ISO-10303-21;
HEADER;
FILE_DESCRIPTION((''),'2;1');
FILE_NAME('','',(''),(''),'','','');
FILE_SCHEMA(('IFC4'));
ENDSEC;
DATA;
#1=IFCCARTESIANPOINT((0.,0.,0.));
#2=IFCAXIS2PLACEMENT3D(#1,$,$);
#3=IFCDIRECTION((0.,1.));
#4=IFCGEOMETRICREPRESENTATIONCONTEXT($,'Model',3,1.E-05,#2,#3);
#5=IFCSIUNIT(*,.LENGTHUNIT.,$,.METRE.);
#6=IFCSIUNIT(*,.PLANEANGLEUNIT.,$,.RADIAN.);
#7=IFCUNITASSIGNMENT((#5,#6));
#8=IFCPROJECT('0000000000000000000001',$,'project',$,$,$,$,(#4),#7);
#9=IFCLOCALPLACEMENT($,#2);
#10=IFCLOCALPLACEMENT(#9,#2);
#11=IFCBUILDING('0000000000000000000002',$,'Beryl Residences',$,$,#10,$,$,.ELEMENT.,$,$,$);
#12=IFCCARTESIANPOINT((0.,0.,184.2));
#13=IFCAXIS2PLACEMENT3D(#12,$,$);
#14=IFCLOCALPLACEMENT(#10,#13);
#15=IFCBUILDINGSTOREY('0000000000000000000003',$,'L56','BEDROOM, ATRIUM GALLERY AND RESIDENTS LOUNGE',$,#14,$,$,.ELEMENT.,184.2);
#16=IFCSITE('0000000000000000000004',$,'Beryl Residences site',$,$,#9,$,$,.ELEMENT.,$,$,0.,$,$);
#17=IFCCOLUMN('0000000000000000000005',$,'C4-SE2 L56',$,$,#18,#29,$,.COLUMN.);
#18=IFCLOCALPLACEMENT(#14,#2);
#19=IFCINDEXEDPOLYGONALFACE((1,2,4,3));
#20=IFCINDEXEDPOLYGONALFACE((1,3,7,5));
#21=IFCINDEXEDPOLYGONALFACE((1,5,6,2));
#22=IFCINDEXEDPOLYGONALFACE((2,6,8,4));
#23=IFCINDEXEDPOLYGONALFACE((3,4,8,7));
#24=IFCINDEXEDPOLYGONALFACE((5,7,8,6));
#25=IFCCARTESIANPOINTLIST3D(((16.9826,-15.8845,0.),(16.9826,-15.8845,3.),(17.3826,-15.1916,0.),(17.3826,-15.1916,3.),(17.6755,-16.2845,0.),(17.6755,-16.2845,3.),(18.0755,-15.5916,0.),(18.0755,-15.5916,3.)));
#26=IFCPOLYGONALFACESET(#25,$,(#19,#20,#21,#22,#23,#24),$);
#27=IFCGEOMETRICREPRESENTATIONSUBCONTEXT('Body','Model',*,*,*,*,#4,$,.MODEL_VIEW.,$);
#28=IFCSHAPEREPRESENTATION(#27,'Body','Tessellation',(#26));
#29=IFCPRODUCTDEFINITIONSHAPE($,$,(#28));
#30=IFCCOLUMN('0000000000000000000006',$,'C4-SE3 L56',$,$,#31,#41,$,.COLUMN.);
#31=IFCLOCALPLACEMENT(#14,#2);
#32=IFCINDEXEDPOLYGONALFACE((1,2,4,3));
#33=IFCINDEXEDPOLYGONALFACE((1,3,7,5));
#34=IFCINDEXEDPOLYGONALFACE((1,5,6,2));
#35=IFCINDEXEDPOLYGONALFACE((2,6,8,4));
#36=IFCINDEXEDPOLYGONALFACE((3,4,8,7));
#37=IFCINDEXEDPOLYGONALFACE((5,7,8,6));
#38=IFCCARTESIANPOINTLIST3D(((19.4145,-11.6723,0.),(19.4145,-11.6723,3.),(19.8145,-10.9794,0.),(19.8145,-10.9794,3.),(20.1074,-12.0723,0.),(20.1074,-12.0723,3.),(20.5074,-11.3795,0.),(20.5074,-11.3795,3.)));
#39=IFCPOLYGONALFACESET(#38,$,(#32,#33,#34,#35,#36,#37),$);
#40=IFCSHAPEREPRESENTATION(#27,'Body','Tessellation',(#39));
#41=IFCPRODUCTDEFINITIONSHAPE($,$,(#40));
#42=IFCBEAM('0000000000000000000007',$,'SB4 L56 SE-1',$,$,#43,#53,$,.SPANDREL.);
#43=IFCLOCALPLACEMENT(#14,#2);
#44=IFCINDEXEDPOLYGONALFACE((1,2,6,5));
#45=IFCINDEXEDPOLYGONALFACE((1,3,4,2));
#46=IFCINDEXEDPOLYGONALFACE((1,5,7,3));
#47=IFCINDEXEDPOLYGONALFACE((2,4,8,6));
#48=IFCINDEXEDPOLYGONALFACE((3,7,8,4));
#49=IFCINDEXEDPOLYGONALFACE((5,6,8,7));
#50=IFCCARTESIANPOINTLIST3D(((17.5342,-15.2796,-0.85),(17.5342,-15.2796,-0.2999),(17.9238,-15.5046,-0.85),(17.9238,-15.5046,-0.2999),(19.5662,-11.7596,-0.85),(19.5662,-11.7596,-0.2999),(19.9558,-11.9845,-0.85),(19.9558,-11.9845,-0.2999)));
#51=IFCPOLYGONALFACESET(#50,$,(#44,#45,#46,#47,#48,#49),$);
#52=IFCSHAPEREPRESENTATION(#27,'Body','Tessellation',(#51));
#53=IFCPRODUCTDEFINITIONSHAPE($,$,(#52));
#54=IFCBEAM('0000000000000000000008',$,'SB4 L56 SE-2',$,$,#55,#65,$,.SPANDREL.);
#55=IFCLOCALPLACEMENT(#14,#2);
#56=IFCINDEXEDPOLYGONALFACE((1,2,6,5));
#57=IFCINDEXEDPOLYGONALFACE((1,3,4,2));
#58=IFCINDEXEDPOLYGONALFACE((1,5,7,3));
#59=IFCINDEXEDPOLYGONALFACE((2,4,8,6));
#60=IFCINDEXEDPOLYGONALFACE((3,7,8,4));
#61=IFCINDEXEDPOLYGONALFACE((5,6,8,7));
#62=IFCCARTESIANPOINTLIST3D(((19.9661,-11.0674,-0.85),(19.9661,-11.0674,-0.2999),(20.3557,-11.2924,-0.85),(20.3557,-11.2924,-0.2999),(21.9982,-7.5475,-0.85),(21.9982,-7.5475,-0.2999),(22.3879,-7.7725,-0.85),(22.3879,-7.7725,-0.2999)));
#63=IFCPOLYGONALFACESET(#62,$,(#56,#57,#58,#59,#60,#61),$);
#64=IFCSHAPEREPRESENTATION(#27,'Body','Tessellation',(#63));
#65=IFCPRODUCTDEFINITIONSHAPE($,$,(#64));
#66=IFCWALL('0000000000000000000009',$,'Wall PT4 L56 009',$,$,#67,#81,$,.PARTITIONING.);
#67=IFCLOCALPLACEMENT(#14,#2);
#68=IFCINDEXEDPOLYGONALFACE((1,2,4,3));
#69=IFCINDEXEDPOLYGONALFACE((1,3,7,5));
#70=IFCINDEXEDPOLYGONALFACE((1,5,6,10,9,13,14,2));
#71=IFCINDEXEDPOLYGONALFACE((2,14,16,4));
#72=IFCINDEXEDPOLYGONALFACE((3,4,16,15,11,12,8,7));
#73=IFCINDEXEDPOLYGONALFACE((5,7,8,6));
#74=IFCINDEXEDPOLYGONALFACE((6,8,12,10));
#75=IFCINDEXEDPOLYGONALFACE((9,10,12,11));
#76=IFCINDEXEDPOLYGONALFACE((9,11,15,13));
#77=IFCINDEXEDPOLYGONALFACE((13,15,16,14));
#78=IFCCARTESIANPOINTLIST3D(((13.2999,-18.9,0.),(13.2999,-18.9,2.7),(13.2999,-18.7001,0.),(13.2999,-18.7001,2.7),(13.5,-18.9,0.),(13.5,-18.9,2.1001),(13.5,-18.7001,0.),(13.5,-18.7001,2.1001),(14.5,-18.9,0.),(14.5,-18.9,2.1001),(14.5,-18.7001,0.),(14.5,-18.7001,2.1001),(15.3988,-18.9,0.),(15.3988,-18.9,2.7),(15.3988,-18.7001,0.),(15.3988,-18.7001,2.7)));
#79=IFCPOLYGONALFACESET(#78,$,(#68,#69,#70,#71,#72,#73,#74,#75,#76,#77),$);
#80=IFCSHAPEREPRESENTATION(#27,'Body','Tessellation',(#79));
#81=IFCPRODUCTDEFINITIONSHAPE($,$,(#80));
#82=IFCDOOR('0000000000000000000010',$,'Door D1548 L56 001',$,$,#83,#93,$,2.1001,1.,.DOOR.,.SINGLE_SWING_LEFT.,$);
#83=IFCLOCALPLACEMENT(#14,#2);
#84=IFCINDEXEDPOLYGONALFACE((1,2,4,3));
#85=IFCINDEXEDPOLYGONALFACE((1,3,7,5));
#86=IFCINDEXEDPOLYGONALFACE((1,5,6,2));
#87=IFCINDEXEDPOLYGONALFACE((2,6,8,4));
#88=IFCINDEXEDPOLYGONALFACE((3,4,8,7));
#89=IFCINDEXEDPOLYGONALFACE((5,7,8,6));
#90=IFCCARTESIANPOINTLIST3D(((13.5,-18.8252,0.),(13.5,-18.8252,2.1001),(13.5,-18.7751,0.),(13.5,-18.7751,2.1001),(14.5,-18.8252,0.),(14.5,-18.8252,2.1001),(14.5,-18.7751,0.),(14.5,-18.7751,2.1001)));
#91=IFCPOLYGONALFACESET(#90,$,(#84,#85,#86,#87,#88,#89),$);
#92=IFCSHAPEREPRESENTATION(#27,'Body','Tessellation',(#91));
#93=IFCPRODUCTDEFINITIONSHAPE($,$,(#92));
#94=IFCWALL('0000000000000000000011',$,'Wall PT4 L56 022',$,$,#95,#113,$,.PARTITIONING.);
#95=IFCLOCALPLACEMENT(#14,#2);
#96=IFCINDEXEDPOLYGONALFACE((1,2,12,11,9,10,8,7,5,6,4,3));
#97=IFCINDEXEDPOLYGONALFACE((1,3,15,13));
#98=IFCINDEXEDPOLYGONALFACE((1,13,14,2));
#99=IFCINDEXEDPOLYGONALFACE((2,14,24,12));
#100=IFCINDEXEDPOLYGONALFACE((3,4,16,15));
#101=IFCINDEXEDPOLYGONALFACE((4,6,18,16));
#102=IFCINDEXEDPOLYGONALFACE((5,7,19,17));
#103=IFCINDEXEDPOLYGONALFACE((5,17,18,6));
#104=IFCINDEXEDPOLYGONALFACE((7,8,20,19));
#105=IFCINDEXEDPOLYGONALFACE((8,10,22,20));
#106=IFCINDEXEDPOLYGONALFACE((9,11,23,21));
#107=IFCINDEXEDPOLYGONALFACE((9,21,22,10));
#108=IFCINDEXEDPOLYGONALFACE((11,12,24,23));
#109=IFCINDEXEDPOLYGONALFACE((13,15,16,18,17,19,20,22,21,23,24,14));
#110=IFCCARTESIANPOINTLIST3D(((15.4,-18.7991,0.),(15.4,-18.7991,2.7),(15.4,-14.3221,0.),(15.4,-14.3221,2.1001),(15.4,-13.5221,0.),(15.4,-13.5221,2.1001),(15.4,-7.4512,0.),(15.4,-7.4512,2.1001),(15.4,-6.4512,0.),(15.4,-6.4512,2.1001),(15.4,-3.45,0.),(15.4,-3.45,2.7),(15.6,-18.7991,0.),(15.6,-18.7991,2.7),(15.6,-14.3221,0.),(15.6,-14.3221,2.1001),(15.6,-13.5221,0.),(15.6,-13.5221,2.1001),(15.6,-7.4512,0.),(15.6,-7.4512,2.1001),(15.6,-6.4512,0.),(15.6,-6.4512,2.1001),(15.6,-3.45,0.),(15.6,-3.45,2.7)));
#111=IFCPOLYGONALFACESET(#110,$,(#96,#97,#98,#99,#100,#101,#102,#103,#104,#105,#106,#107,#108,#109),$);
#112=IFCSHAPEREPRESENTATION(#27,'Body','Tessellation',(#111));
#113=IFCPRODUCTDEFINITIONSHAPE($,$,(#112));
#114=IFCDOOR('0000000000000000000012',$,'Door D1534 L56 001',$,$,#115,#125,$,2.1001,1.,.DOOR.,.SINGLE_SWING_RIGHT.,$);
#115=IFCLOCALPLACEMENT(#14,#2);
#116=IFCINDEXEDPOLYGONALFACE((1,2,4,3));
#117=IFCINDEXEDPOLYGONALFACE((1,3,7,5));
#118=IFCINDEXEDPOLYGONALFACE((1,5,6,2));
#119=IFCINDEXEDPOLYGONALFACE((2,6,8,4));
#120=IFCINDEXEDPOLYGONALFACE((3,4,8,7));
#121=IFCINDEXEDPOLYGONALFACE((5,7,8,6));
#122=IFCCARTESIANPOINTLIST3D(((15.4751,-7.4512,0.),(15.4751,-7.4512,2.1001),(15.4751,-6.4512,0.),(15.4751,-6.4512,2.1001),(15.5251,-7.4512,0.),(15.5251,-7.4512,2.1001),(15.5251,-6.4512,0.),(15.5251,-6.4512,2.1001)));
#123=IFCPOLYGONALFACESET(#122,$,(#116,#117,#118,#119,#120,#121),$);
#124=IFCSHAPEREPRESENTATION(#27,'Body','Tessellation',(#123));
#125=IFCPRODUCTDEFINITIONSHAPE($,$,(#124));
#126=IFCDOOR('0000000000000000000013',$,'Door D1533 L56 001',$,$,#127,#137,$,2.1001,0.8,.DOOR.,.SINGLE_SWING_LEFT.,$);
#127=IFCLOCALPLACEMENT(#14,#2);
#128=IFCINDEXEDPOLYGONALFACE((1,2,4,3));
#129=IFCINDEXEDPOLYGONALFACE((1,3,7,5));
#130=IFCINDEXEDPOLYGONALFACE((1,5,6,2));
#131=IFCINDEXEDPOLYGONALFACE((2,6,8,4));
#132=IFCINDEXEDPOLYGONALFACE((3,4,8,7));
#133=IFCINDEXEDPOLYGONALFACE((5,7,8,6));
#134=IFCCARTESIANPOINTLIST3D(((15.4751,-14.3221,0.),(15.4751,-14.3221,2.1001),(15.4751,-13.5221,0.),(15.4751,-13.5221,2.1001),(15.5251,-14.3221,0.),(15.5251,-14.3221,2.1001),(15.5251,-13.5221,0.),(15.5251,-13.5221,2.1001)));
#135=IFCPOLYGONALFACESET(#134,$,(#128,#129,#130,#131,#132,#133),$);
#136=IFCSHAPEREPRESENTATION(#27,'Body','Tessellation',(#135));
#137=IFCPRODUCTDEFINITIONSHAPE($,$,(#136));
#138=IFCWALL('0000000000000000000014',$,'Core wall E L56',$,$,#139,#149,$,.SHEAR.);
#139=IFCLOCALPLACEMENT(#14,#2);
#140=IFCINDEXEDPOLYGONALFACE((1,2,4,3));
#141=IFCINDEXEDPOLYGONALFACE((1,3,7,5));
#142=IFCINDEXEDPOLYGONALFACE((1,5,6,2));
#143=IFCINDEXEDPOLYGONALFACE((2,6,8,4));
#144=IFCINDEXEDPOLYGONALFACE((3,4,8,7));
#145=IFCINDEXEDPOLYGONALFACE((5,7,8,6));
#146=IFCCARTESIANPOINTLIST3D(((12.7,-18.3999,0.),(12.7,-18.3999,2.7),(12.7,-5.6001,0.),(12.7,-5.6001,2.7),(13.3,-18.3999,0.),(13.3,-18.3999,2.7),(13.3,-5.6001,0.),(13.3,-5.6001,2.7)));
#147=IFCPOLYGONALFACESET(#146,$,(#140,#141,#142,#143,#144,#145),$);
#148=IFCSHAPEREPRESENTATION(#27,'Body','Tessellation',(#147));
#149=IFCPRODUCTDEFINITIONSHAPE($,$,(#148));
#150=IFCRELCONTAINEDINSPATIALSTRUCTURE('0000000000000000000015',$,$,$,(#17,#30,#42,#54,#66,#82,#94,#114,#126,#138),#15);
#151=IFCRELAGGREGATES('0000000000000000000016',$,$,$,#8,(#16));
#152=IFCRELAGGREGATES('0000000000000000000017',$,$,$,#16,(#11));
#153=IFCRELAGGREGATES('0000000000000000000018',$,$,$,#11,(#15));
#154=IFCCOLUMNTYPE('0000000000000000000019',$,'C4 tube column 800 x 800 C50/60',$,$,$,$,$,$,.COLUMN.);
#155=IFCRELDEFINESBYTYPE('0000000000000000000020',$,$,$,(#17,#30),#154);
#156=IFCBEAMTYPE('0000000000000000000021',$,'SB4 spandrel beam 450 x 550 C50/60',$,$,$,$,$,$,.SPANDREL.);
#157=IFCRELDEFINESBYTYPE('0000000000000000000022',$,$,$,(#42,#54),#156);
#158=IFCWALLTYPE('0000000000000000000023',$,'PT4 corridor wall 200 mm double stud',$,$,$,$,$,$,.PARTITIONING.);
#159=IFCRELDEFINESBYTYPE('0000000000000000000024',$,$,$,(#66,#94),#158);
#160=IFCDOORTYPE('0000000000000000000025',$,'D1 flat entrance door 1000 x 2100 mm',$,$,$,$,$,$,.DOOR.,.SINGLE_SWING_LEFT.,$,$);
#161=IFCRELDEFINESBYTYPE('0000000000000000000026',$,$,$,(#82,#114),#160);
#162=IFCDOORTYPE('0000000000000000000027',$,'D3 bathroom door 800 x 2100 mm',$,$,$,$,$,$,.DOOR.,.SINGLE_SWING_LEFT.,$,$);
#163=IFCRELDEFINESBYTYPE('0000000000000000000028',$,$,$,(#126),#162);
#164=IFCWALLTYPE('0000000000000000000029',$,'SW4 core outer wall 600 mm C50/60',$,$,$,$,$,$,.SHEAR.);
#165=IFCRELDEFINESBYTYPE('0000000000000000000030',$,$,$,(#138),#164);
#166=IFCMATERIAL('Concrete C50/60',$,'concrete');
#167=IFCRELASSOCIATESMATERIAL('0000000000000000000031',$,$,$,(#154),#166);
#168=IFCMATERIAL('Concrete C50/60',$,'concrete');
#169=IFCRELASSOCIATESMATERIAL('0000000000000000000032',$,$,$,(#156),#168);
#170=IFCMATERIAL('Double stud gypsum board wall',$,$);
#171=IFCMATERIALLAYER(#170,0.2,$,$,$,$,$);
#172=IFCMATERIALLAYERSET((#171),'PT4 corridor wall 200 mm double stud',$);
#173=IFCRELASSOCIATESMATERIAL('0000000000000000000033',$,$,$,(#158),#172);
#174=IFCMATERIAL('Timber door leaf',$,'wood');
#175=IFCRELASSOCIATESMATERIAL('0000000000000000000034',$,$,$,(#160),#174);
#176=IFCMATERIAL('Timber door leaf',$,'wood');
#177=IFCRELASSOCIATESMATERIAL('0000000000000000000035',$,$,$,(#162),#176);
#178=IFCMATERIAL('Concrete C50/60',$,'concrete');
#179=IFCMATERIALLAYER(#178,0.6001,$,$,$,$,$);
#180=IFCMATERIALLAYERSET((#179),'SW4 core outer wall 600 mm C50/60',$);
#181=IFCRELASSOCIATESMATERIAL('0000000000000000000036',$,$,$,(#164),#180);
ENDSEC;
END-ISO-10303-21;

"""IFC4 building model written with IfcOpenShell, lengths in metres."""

from ifc_helpers import new_model, si_unit, direction, frame, frame_2d, origin, origin_2d, place, context, subcontext, project, spatial, rectangle, extrude, material, layer, layer_set, material_profile, profile_set, type_object, element, fill, save


model = new_model("IFC4")

# Units and contexts
model_context = context("Model", 3, precision=1e-05, world=origin(), true_north=direction((0.0, 1.0)))
body_context = subcontext(model_context, "Body", "Model", "MODEL_VIEW")
ifc_project = project(units=[si_unit("LENGTHUNIT", "METRE"), si_unit("PLANEANGLEUNIT", "RADIAN")], contexts=[model_context])

# Site, building, storey
site_placement = place(None, origin())
site = spatial("IfcSite", under=ifc_project, at=site_placement, Name="Beryl Residences site", CompositionType="ELEMENT", RefElevation=0.0)
building_placement = place(site_placement, origin())
building = spatial("IfcBuilding", under=site, at=building_placement, Name="Beryl Residences", CompositionType="ELEMENT")
storey_placement = place(building_placement, frame((0.0, 0.0, 184.2)))
storey = spatial("IfcBuildingStorey", under=building, at=storey_placement, Name="L56", Description="BEDROOM, ATRIUM GALLERY AND RESIDENTS LOUNGE", CompositionType="ELEMENT", Elevation=184.2)

# Columns
ifc_material_1 = material(Name="Concrete C50/60", Category="concrete")
ifc_material_profile_1 = material_profile(ifc_material_1, rectangle(XDim=0.8, YDim=0.8, at=origin_2d()))
ifc_profile_set_1 = profile_set([ifc_material_profile_1], Name="Concrete C50/60")
column_type = type_object("IfcColumnType", Name="C4 tube column 800 x 800 C50/60", PredefinedType="COLUMN", material=ifc_profile_set_1)
for number, where, z_axis, x_axis, name in (
    (1, (17.5291, -15.738, 0.0), (0.0, 0.0, 1.0), (0.5, 0.866025, 0.0), "C4-SE2 L56"),
    (2, (19.9609, -11.5259, 0.0), (0.0, 0.0, 1.0), (0.5, 0.866025, 0.0), "C4-SE3 L56"),
):
    element("IfcColumn", number, at=place(storey_placement, frame(where, z_axis=z_axis, x_axis=x_axis)), inside=storey, type_object=column_type, Name=name, PredefinedType="COLUMN", context=body_context, shape_type="SweptSolid", body=[
        extrude(rectangle(XDim=0.8, YDim=0.8, at=origin_2d()), origin(), (0.0, 0.0, 1.0), 3.0),
    ])

# Beams
ifc_material_2 = material(Name="Concrete C50/60", Category="concrete")
ifc_material_profile_2 = material_profile(ifc_material_2, rectangle(XDim=0.45, YDim=0.55, at=origin_2d()))
ifc_profile_set_2 = profile_set([ifc_material_profile_2], Name="Concrete C50/60")
beam_type = type_object("IfcBeamType", Name="SB4 spandrel beam 450 x 550 C50/60", PredefinedType="SPANDREL", material=ifc_profile_set_2)
for number, where, z_axis, x_axis, name in (
    (3, (17.729, -15.3921, -0.575), (0.499944, 0.866058, 0.0), (-0.866058, 0.499944, 0.0), "SB4 L56 SE-1"),
    (4, (20.1609, -11.1799, -0.575), (0.499989, 0.866032, 0.0), (-0.866032, 0.499989, 0.0), "SB4 L56 SE-2"),
):
    element("IfcBeam", number, at=place(storey_placement, frame(where, z_axis=z_axis, x_axis=x_axis)), inside=storey, type_object=beam_type, Name=name, PredefinedType="SPANDREL", context=body_context, shape_type="SweptSolid", body=[
        extrude(rectangle(XDim=0.45, YDim=0.55, at=origin_2d()), origin(), (0.0, 0.0, 1.0), 4.0645),
    ])

# Wall, opening, door
ifc_material_3 = material(Name="Double stud gypsum board wall")
ifc_layer_1 = layer(ifc_material_3, 0.2)
ifc_layer_set_1 = layer_set([ifc_layer_1], Name="PT4 corridor wall 200 mm double stud")
wall_type_1 = type_object("IfcWallType", Name="PT4 corridor wall 200 mm double stud", PredefinedType="PARTITIONING", material=ifc_layer_set_1)
wall_1_placement = place(storey_placement, frame((13.3, -18.8, 0.0), z_axis=(0.0, 0.0, 1.0), x_axis=(1.0, 0.0, 0.0)))
wall_1 = element("IfcWall", 5, at=wall_1_placement, inside=storey, type_object=wall_type_1, Name="Wall PT4 L56 009", PredefinedType="PARTITIONING", context=body_context, shape_type="SweptSolid", body=[
    extrude(rectangle(XDim=2.0989, YDim=0.2, at=frame_2d((1.0493, 0.0))), origin(), (0.0, 0.0, 1.0), 2.7),
])
opening_1_placement = place(wall_1_placement, frame((0.2, 0.0, 0.0)))
opening_1 = element("IfcOpeningElement", 6, at=opening_1_placement, cuts=wall_1, PredefinedType="OPENING", context=body_context, shape_type="SweptSolid", body=[
    extrude(rectangle(XDim=1.0, YDim=2.1001, at=frame_2d((0.5, 1.05))), frame((0.0, 0.1099, 0.0), z_axis=(0.0, -1.0, 0.0), x_axis=(1.0, 0.0, 0.0)), (0.0, 0.0, 1.0), 0.22),
])
ifc_material_4 = material(Name="Timber door leaf", Category="wood")
door_type_1 = type_object("IfcDoorType", Name="D1 flat entrance door 1000 x 2100 mm", OperationType="SINGLE_SWING_LEFT", PredefinedType="DOOR", material=ifc_material_4)
door_1_placement = place(opening_1_placement, origin())
door_1 = element("IfcDoor", 7, at=door_1_placement, inside=storey, type_object=door_type_1, Name="Door D1548 L56 001", OperationType="SINGLE_SWING_LEFT", OverallHeight=2.1001, OverallWidth=1.0, PredefinedType="DOOR", context=body_context, shape_type="SweptSolid", body=[
    extrude(rectangle(XDim=1.0, YDim=2.1001, at=frame_2d((0.5, 1.05))), frame((0.0, 0.0249, 0.0), z_axis=(0.0, -1.0, 0.0), x_axis=(1.0, 0.0, 0.0)), (0.0, 0.0, 1.0), 0.05),
])
fill(opening_1, door_1)

# Wall, openings, doors
wall_2_placement = place(storey_placement, frame((15.5, -18.7991, 0.0), z_axis=(0.0, 0.0, 1.0), x_axis=(0.0, 1.0, 0.0)))
wall_2 = element("IfcWall", 8, at=wall_2_placement, inside=storey, type_object=wall_type_1, Name="Wall PT4 L56 022", PredefinedType="PARTITIONING", context=body_context, shape_type="SweptSolid", body=[
    extrude(rectangle(XDim=15.3491, YDim=0.2, at=frame_2d((7.6746, 0.0))), origin(), (0.0, 0.0, 1.0), 2.7),
])
opening_2_placement = place(wall_2_placement, frame((4.4771, 0.0, 0.0)))
opening_2 = element("IfcOpeningElement", 9, at=opening_2_placement, cuts=wall_2, PredefinedType="OPENING", context=body_context, shape_type="SweptSolid", body=[
    extrude(rectangle(XDim=0.8, YDim=2.1001, at=frame_2d((0.3999, 1.05))), frame((0.0, 0.1099, 0.0), z_axis=(0.0, -1.0, 0.0), x_axis=(1.0, 0.0, 0.0)), (0.0, 0.0, 1.0), 0.22),
])
opening_3_placement = place(wall_2_placement, frame((11.3479, 0.0, 0.0)))
opening_3 = element("IfcOpeningElement", 10, at=opening_3_placement, cuts=wall_2, PredefinedType="OPENING", context=body_context, shape_type="SweptSolid", body=[
    extrude(rectangle(XDim=1.0, YDim=2.1001, at=frame_2d((0.5, 1.05))), frame((0.0, 0.1099, 0.0), z_axis=(0.0, -1.0, 0.0), x_axis=(1.0, 0.0, 0.0)), (0.0, 0.0, 1.0), 0.22),
])
door_2_placement = place(opening_3_placement, origin())
door_2 = element("IfcDoor", 11, at=door_2_placement, inside=storey, type_object=door_type_1, Name="Door D1534 L56 001", OperationType="SINGLE_SWING_RIGHT", OverallHeight=2.1001, OverallWidth=1.0, PredefinedType="DOOR", context=body_context, shape_type="SweptSolid", body=[
    extrude(rectangle(XDim=1.0, YDim=2.1001, at=frame_2d((0.5, 1.05))), frame((0.0, 0.0249, 0.0), z_axis=(0.0, -1.0, 0.0), x_axis=(1.0, 0.0, 0.0)), (0.0, 0.0, 1.0), 0.05),
])
fill(opening_3, door_2)
ifc_material_5 = material(Name="Timber door leaf", Category="wood")
door_type_2 = type_object("IfcDoorType", Name="D3 bathroom door 800 x 2100 mm", OperationType="SINGLE_SWING_LEFT", PredefinedType="DOOR", material=ifc_material_5)
door_3_placement = place(opening_2_placement, origin())
door_3 = element("IfcDoor", 12, at=door_3_placement, inside=storey, type_object=door_type_2, Name="Door D1533 L56 001", OperationType="SINGLE_SWING_LEFT", OverallHeight=2.1001, OverallWidth=0.8, PredefinedType="DOOR", context=body_context, shape_type="SweptSolid", body=[
    extrude(rectangle(XDim=0.8, YDim=2.1001, at=frame_2d((0.3999, 1.05))), frame((0.0, 0.0249, 0.0), z_axis=(0.0, -1.0, 0.0), x_axis=(1.0, 0.0, 0.0)), (0.0, 0.0, 1.0), 0.05),
])
fill(opening_2, door_3)

# Wall
ifc_material_6 = material(Name="Concrete C50/60", Category="concrete")
ifc_layer_2 = layer(ifc_material_6, 0.6001)
ifc_layer_set_2 = layer_set([ifc_layer_2], Name="SW4 core outer wall 600 mm C50/60")
wall_type_2 = type_object("IfcWallType", Name="SW4 core outer wall 600 mm C50/60", PredefinedType="SHEAR", material=ifc_layer_set_2)
wall_3_placement = place(storey_placement, frame((13.0, -18.3999, 0.0), z_axis=(0.0, 0.0, 1.0), x_axis=(0.0, 1.0, 0.0)))
element("IfcWall", 13, at=wall_3_placement, inside=storey, type_object=wall_type_2, Name="Core wall E L56", PredefinedType="SHEAR", context=body_context, shape_type="SweptSolid", body=[
    extrude(rectangle(XDim=12.7998, YDim=0.6001, at=frame_2d((6.3999, 0.0))), origin(), (0.0, 0.0, 1.0), 2.7),
])

save(model, "model.ifc")
